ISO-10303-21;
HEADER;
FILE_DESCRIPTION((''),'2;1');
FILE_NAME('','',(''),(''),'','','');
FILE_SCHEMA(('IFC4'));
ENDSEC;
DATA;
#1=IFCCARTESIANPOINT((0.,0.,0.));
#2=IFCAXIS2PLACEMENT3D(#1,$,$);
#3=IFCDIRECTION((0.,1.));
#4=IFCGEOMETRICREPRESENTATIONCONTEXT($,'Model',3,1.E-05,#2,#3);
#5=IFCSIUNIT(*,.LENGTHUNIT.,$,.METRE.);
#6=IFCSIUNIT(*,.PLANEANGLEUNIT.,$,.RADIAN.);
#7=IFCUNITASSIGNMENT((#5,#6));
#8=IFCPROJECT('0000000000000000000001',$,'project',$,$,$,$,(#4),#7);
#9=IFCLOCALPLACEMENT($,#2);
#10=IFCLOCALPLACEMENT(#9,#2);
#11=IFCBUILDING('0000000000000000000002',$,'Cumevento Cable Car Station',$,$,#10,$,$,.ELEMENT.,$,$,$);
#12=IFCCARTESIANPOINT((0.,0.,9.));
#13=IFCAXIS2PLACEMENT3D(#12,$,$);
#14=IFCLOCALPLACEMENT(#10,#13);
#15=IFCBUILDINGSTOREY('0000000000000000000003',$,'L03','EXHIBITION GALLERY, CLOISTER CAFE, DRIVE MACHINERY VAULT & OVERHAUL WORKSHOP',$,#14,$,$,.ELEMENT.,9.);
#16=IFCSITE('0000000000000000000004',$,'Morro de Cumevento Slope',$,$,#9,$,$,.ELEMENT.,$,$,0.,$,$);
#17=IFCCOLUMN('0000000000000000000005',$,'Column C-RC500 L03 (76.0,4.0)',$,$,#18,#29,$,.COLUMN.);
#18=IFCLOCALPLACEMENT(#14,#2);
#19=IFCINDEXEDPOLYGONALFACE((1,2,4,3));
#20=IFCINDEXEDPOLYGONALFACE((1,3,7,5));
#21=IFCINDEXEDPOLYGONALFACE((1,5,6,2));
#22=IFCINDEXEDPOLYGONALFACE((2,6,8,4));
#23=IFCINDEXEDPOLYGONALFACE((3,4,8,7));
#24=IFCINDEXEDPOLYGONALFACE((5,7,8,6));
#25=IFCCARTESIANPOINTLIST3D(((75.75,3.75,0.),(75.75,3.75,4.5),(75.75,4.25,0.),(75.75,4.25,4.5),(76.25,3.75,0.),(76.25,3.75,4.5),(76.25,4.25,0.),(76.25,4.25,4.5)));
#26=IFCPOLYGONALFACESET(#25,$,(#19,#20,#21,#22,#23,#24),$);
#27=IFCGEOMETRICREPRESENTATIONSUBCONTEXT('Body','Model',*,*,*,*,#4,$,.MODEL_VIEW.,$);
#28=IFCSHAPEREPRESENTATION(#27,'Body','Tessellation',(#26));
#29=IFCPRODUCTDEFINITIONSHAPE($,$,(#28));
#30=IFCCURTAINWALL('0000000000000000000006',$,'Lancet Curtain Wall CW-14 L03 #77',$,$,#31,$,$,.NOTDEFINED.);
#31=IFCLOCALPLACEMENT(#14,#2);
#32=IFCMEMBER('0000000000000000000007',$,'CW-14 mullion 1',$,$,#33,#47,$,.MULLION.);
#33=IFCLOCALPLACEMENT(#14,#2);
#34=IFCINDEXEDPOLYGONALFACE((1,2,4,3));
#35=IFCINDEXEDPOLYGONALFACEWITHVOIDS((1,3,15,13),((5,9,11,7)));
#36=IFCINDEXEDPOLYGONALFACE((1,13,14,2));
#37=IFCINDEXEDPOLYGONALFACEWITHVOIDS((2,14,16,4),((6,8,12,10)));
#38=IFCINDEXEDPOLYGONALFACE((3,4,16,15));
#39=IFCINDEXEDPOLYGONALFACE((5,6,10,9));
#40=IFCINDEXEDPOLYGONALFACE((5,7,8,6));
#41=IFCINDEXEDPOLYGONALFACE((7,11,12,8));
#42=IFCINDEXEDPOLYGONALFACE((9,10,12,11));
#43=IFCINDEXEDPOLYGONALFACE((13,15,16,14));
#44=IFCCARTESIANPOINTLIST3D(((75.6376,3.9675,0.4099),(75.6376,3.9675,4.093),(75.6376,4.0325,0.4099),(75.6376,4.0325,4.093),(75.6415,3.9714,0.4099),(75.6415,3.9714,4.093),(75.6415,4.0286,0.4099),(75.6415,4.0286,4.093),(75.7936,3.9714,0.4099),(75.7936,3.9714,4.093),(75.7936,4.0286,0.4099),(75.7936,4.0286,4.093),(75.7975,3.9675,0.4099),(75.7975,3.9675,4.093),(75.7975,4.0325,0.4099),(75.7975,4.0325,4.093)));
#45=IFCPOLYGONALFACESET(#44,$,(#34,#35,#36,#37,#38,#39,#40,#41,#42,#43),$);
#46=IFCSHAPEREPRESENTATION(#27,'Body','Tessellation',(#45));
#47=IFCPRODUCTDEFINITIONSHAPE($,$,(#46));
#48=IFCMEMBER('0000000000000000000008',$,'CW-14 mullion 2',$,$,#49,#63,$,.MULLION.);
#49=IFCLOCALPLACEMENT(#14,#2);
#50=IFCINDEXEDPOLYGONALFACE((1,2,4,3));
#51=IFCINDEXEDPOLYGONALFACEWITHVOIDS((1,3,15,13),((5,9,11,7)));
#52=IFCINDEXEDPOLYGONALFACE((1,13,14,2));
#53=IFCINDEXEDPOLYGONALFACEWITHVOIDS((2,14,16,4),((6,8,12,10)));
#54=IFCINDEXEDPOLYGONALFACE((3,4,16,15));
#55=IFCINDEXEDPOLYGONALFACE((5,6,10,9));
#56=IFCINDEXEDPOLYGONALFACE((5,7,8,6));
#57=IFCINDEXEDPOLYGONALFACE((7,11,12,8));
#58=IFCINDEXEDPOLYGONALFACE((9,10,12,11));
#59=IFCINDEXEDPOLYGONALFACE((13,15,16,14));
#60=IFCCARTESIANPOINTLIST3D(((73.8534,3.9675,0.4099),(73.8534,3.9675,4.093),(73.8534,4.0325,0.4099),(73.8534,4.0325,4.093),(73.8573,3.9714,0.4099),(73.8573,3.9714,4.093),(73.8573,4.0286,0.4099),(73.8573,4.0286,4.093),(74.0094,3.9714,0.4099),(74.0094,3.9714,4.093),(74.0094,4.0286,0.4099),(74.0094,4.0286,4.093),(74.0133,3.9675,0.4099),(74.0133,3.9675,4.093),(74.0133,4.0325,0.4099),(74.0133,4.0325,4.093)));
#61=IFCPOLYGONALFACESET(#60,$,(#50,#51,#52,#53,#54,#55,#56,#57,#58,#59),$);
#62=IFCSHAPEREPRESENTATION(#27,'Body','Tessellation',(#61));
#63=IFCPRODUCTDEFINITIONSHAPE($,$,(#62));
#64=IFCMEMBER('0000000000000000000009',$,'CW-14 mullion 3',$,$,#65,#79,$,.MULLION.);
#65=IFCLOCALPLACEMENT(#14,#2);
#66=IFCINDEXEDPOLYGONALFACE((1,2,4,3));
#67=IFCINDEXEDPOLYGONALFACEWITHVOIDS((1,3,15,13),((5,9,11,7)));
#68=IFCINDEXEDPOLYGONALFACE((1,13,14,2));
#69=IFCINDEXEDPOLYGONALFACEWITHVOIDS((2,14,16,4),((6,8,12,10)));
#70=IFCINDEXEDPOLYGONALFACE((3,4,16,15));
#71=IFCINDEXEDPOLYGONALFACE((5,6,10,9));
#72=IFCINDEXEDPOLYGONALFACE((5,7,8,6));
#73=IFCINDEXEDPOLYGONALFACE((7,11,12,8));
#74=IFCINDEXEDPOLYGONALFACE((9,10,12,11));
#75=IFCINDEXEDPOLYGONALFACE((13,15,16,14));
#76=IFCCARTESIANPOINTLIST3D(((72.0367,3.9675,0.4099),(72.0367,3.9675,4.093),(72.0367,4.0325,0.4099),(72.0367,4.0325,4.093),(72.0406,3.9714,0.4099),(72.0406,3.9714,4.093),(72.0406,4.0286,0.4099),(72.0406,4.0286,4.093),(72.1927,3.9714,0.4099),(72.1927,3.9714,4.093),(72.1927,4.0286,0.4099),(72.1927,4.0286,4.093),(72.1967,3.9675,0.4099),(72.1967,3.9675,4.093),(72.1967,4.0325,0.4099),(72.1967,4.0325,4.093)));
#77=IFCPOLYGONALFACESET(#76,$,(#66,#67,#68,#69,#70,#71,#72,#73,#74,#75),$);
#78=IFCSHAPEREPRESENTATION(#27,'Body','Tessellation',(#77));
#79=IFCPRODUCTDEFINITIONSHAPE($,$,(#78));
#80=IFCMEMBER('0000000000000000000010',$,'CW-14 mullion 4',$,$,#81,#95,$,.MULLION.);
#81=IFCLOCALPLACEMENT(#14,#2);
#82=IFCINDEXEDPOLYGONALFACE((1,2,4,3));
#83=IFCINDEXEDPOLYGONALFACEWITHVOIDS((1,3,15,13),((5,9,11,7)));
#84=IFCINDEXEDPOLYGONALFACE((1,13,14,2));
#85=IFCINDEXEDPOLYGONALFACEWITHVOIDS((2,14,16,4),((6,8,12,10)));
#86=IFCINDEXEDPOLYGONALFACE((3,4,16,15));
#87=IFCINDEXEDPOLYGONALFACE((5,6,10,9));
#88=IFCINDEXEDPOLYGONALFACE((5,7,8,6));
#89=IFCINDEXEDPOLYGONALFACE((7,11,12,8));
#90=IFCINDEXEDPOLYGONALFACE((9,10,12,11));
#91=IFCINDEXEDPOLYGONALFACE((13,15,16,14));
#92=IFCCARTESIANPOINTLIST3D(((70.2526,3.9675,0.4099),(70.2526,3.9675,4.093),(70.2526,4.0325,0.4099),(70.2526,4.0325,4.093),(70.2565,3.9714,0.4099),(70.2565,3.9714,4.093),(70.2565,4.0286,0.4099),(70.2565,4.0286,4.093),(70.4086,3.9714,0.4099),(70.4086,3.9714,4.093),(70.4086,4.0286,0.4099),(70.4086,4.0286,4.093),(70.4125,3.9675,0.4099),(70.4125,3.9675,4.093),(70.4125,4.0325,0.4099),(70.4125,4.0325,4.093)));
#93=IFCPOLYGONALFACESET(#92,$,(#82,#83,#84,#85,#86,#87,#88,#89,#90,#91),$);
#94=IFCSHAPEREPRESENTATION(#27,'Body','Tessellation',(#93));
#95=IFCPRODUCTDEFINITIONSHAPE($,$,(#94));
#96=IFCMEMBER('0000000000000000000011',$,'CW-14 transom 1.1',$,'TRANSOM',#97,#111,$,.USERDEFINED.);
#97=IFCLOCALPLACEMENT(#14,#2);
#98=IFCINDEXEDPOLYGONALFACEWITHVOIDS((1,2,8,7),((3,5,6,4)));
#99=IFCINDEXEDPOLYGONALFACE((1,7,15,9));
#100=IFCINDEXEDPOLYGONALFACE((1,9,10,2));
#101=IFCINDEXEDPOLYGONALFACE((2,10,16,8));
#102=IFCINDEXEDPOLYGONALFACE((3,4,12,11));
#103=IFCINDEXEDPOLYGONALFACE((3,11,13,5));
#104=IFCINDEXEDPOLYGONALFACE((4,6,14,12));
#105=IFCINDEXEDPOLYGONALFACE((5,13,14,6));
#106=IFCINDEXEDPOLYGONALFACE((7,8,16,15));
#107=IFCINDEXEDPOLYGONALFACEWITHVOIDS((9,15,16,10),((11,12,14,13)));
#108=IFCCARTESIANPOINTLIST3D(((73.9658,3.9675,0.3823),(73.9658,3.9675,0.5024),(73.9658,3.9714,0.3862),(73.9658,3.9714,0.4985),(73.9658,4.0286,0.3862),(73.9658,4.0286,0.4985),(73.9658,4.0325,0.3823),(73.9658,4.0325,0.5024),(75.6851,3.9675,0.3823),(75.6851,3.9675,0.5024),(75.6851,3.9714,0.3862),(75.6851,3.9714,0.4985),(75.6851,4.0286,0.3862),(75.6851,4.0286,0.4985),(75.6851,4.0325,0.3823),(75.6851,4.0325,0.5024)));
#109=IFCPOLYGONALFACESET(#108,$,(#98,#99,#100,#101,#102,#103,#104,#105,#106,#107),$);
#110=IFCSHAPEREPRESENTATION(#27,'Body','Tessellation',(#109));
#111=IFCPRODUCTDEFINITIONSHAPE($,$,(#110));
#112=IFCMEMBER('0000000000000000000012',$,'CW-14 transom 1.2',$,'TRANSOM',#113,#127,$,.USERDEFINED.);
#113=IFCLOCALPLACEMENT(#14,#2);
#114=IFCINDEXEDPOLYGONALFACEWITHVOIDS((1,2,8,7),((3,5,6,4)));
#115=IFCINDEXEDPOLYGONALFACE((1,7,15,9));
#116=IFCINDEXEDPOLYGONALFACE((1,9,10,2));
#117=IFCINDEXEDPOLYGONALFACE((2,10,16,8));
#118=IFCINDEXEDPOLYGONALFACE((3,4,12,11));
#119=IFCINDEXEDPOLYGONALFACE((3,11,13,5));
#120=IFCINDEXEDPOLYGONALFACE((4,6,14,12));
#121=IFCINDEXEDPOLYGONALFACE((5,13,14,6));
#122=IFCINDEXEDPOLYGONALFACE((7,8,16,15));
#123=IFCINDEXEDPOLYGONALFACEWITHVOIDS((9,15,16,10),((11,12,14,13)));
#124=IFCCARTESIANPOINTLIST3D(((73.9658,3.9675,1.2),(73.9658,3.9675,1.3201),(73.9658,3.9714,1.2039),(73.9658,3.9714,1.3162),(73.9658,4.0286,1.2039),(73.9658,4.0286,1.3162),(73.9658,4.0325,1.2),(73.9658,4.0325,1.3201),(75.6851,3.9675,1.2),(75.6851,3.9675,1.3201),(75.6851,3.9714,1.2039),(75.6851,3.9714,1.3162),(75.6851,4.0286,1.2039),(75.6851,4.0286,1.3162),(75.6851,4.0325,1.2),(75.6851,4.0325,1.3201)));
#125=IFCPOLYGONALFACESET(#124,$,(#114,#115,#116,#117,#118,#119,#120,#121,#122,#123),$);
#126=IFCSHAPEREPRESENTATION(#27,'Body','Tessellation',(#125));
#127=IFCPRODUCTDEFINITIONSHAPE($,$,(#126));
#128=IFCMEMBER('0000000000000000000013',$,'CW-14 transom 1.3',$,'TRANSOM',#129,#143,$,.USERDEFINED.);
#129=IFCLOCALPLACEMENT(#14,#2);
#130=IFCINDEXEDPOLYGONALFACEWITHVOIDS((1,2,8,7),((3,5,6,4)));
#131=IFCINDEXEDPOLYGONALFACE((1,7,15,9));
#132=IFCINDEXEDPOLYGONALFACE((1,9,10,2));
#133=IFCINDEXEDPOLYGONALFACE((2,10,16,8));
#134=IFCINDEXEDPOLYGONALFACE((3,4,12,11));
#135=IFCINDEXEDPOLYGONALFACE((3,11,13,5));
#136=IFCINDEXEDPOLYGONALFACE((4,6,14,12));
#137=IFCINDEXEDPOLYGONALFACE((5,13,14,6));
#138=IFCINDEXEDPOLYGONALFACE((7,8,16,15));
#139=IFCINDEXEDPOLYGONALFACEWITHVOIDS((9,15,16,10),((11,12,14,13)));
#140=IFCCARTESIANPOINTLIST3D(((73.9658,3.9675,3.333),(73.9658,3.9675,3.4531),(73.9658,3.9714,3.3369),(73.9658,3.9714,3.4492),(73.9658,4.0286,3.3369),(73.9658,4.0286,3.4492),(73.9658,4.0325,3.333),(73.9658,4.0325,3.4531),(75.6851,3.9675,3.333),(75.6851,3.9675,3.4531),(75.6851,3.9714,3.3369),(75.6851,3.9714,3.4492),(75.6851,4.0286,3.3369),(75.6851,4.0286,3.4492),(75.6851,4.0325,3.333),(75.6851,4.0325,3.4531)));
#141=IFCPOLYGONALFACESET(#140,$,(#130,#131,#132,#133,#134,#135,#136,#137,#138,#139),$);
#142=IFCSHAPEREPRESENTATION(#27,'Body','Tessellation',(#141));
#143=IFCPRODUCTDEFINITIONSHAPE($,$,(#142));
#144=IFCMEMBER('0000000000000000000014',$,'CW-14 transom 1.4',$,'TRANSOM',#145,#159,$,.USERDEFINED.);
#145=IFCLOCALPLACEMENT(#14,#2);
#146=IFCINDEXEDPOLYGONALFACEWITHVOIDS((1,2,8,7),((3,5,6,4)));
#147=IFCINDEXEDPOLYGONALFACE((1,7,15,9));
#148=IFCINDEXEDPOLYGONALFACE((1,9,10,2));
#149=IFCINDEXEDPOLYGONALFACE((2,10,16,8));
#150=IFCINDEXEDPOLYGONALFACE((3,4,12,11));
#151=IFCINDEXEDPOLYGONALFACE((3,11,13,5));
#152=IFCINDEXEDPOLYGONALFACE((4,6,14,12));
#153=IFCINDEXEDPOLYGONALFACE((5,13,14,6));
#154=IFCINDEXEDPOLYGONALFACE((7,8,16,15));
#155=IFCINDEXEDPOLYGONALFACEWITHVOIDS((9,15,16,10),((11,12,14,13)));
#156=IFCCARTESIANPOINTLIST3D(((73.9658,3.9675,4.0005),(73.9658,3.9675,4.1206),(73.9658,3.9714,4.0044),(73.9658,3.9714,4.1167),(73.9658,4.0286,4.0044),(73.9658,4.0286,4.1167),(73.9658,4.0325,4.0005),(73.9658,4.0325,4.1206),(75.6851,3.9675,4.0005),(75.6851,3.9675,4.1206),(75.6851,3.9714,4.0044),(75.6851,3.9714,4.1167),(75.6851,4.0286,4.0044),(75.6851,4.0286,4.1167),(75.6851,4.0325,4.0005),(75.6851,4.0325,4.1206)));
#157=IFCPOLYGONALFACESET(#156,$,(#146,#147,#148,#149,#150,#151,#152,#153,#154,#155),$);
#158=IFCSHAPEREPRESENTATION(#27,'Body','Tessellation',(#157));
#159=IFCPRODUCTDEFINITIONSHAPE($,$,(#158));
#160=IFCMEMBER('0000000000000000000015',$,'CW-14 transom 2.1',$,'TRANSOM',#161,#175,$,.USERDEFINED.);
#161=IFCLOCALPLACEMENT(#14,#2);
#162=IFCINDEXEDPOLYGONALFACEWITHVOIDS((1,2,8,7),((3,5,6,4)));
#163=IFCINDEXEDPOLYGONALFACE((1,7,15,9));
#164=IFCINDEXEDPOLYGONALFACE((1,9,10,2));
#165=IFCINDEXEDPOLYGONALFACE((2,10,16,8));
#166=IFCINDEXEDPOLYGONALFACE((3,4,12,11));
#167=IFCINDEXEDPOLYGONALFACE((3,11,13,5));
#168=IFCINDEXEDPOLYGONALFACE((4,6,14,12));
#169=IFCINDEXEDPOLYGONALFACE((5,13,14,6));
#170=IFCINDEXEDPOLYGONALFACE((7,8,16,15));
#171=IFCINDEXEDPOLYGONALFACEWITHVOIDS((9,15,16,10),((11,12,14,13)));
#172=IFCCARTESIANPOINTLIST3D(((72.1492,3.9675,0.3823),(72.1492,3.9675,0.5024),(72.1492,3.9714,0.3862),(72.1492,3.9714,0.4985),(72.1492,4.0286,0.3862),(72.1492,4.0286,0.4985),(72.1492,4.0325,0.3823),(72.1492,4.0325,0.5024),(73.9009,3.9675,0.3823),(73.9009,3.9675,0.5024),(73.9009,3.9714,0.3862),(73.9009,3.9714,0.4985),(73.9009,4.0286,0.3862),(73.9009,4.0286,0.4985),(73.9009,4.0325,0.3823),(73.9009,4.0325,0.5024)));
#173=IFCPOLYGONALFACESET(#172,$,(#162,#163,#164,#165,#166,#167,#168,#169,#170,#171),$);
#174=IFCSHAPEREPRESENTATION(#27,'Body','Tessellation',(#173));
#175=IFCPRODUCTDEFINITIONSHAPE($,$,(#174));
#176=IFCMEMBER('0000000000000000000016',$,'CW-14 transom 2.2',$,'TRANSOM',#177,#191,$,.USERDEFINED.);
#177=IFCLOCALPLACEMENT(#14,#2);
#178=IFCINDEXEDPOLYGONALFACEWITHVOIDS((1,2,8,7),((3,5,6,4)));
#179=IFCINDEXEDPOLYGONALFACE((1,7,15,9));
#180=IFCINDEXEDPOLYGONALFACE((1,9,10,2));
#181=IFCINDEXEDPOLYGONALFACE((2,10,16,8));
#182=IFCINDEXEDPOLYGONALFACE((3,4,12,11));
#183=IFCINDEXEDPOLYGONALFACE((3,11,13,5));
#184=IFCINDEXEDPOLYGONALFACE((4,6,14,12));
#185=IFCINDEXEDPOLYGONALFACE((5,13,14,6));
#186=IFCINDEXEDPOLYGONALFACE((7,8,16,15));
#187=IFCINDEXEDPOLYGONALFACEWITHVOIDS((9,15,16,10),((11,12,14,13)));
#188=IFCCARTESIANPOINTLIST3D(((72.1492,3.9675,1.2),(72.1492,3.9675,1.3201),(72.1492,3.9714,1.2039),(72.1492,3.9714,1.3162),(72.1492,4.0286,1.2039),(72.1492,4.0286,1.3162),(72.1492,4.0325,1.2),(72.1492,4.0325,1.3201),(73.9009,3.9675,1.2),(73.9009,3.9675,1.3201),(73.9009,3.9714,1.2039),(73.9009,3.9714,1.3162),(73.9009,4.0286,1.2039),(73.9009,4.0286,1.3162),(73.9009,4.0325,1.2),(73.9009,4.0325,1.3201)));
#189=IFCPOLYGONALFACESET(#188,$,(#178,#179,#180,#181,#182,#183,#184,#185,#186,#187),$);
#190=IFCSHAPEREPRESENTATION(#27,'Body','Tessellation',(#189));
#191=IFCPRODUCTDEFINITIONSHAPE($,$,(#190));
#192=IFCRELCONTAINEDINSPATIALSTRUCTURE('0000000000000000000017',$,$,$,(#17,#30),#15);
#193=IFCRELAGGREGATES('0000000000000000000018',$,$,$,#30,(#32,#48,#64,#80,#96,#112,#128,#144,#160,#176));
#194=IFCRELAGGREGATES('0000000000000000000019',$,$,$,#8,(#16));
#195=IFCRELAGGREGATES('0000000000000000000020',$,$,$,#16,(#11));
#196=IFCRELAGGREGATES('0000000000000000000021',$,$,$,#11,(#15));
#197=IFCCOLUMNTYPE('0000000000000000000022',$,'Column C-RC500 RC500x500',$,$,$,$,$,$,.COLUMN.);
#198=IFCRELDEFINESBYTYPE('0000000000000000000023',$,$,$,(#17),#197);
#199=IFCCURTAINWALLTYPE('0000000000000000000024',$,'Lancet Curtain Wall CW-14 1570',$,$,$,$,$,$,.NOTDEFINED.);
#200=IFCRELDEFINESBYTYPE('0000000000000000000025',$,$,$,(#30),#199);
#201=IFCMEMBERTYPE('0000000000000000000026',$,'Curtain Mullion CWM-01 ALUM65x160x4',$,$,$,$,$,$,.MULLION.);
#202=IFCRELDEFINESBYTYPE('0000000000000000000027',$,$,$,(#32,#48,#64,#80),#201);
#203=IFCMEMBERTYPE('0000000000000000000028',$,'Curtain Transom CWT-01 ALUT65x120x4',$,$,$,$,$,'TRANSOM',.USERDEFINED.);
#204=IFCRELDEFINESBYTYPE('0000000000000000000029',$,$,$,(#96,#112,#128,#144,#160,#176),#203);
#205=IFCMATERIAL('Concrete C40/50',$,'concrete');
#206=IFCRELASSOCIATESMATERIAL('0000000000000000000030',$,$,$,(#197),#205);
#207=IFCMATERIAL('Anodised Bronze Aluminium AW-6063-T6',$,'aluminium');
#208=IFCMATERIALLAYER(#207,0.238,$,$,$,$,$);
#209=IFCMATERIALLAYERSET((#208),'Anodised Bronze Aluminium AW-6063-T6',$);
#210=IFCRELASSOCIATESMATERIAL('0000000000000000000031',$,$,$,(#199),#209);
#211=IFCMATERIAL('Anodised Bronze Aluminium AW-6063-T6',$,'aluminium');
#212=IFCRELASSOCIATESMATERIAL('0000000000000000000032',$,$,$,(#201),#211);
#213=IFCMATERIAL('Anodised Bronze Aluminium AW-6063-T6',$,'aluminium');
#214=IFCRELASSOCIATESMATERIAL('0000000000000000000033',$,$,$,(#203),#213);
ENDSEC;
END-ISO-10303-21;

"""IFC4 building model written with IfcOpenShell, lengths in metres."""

from ifc_helpers import new_model, si_unit, direction, frame, origin, origin_2d, place, context, subcontext, project, spatial, rectangle, hollow_rectangle, extrude, material, layer, layer_set, material_profile, profile_set, type_object, element, aggregate, save


model = new_model("IFC4")

# Units and contexts
model_context = context("Model", 3, precision=1e-05, world=origin(), true_north=direction((0.0, 1.0)))
body_context = subcontext(model_context, "Body", "Model", "MODEL_VIEW")
ifc_project = project(units=[si_unit("LENGTHUNIT", "METRE"), si_unit("PLANEANGLEUNIT", "RADIAN")], contexts=[model_context])

# Site, building, storey
site_placement = place(None, origin())
site = spatial("IfcSite", under=ifc_project, at=site_placement, Name="Morro de Cumevento Slope", CompositionType="ELEMENT", RefElevation=0.0)
building_placement = place(site_placement, origin())
building = spatial("IfcBuilding", under=site, at=building_placement, Name="Cumevento Cable Car Station", CompositionType="ELEMENT")
storey_placement = place(building_placement, frame((0.0, 0.0, 9.0)))
storey = spatial("IfcBuildingStorey", under=building, at=storey_placement, Name="L03", Description="EXHIBITION GALLERY, CLOISTER CAFE, DRIVE MACHINERY VAULT & OVERHAUL WORKSHOP", CompositionType="ELEMENT", Elevation=9.0)

# Column
ifc_material_1 = material(Name="Concrete C40/50", Category="concrete")
ifc_material_profile_1 = material_profile(ifc_material_1, rectangle(XDim=0.5, YDim=0.5, at=origin_2d()), Name="RC500x500")
ifc_profile_set_1 = profile_set([ifc_material_profile_1], Name="Concrete C40/50")
column_type = type_object("IfcColumnType", Name="Column C-RC500 RC500x500", PredefinedType="COLUMN", material=ifc_profile_set_1)
column_placement = place(storey_placement, frame((76.0, 4.0, 0.0), z_axis=(0.0, 0.0, 1.0), x_axis=(1.0, 0.0, 0.0)))
element("IfcColumn", 1, at=column_placement, inside=storey, type_object=column_type, Name="Column C-RC500 L03 (76.0,4.0)", PredefinedType="COLUMN", context=body_context, shape_type="SweptSolid", body=[
    extrude(rectangle(XDim=0.5, YDim=0.5, at=origin_2d()), origin(), (0.0, 0.0, 1.0), 4.5),
])

# Curtain wall, members
ifc_material_2 = material(Name="Anodised Bronze Aluminium AW-6063-T6", Category="aluminium")
ifc_layer_1 = layer(ifc_material_2, 0.238)
ifc_layer_set_1 = layer_set([ifc_layer_1], Name="Anodised Bronze Aluminium AW-6063-T6")
curtain_wall_type = type_object("IfcCurtainWallType", Name="Lancet Curtain Wall CW-14 1570", PredefinedType="NOTDEFINED", material=ifc_layer_set_1)
curtain_wall_placement = place(storey_placement, origin())
curtain_wall = element("IfcCurtainWall", 2, at=curtain_wall_placement, inside=storey, type_object=curtain_wall_type, Name="Lancet Curtain Wall CW-14 L03 #77", PredefinedType="NOTDEFINED")
ifc_material_3 = material(Name="Anodised Bronze Aluminium AW-6063-T6", Category="aluminium")
ifc_material_profile_2 = material_profile(ifc_material_3, hollow_rectangle(XDim=0.0649, YDim=0.1599, WallThickness=0.0039, at=origin_2d()), Name="ALUM65x160x4")
ifc_profile_set_2 = profile_set([ifc_material_profile_2], Name="Anodised Bronze Aluminium AW-6063-T6")
member_type_1 = type_object("IfcMemberType", Name="Curtain Mullion CWM-01 ALUM65x160x4", PredefinedType="MULLION", material=ifc_profile_set_2)
member_1_placement = place(storey_placement, frame((75.7175, 4.0, 0.4099), z_axis=(0.0, 0.0, 1.0), x_axis=(0.0, -1.0, 0.0)))
member_1 = element("IfcMember", 3, at=member_1_placement, type_object=member_type_1, Name="CW-14 mullion 1", PredefinedType="MULLION", context=body_context, shape_type="SweptSolid", body=[
    extrude(hollow_rectangle(XDim=0.0649, YDim=0.1599, WallThickness=0.0039, at=origin_2d()), origin(), (0.0, 0.0, 1.0), 3.6831),
])
member_2_placement = place(storey_placement, frame((73.9333, 4.0, 0.4099), z_axis=(0.0, 0.0, 1.0), x_axis=(0.0, -1.0, 0.0)))
member_2 = element("IfcMember", 4, at=member_2_placement, type_object=member_type_1, Name="CW-14 mullion 2", PredefinedType="MULLION", context=body_context, shape_type="SweptSolid", body=[
    extrude(hollow_rectangle(XDim=0.0649, YDim=0.1599, WallThickness=0.0039, at=origin_2d()), origin(), (0.0, 0.0, 1.0), 3.6831),
])
member_3_placement = place(storey_placement, frame((72.1167, 4.0, 0.4099), z_axis=(0.0, 0.0, 1.0), x_axis=(0.0, -1.0, 0.0)))
member_3 = element("IfcMember", 5, at=member_3_placement, type_object=member_type_1, Name="CW-14 mullion 3", PredefinedType="MULLION", context=body_context, shape_type="SweptSolid", body=[
    extrude(hollow_rectangle(XDim=0.0649, YDim=0.1599, WallThickness=0.0039, at=origin_2d()), origin(), (0.0, 0.0, 1.0), 3.6831),
])
member_4_placement = place(storey_placement, frame((70.3325, 4.0, 0.4099), z_axis=(0.0, 0.0, 1.0), x_axis=(0.0, -1.0, 0.0)))
member_4 = element("IfcMember", 6, at=member_4_placement, type_object=member_type_1, Name="CW-14 mullion 4", PredefinedType="MULLION", context=body_context, shape_type="SweptSolid", body=[
    extrude(hollow_rectangle(XDim=0.0649, YDim=0.1599, WallThickness=0.0039, at=origin_2d()), origin(), (0.0, 0.0, 1.0), 3.6831),
])
ifc_material_4 = material(Name="Anodised Bronze Aluminium AW-6063-T6", Category="aluminium")
ifc_material_profile_3 = material_profile(ifc_material_4, hollow_rectangle(XDim=0.0649, YDim=0.1201, WallThickness=0.0039, at=origin_2d()), Name="ALUT65x120x4")
ifc_profile_set_3 = profile_set([ifc_material_profile_3], Name="Anodised Bronze Aluminium AW-6063-T6")
member_type_2 = type_object("IfcMemberType", Name="Curtain Transom CWT-01 ALUT65x120x4", ElementType="TRANSOM", PredefinedType="USERDEFINED", material=ifc_profile_set_3)
member_5_placement = place(storey_placement, frame((75.6851, 4.0, 0.4424), z_axis=(-1.0, 0.0, 0.0), x_axis=(0.0, -1.0, 0.0)))
member_5 = element("IfcMember", 7, at=member_5_placement, type_object=member_type_2, Name="CW-14 transom 1.1", ObjectType="TRANSOM", PredefinedType="USERDEFINED", context=body_context, shape_type="SweptSolid", body=[
    extrude(hollow_rectangle(XDim=0.0649, YDim=0.1201, WallThickness=0.0039, at=origin_2d()), origin(), (0.0, 0.0, 1.0), 1.7192),
])
member_6_placement = place(storey_placement, frame((75.6851, 4.0, 1.26), z_axis=(-1.0, 0.0, 0.0), x_axis=(0.0, -1.0, 0.0)))
member_6 = element("IfcMember", 8, at=member_6_placement, type_object=member_type_2, Name="CW-14 transom 1.2", ObjectType="TRANSOM", PredefinedType="USERDEFINED", context=body_context, shape_type="SweptSolid", body=[
    extrude(hollow_rectangle(XDim=0.0649, YDim=0.1201, WallThickness=0.0039, at=origin_2d()), origin(), (0.0, 0.0, 1.0), 1.7192),
])
member_7_placement = place(storey_placement, frame((75.6851, 4.0, 3.3931), z_axis=(-1.0, 0.0, 0.0), x_axis=(0.0, -1.0, 0.0)))
member_7 = element("IfcMember", 9, at=member_7_placement, type_object=member_type_2, Name="CW-14 transom 1.3", ObjectType="TRANSOM", PredefinedType="USERDEFINED", context=body_context, shape_type="SweptSolid", body=[
    extrude(hollow_rectangle(XDim=0.0649, YDim=0.1201, WallThickness=0.0039, at=origin_2d()), origin(), (0.0, 0.0, 1.0), 1.7192),
])
member_8_placement = place(storey_placement, frame((75.6851, 4.0, 4.0605), z_axis=(-1.0, 0.0, 0.0), x_axis=(0.0, -1.0, 0.0)))
member_8 = element("IfcMember", 10, at=member_8_placement, type_object=member_type_2, Name="CW-14 transom 1.4", ObjectType="TRANSOM", PredefinedType="USERDEFINED", context=body_context, shape_type="SweptSolid", body=[
    extrude(hollow_rectangle(XDim=0.0649, YDim=0.1201, WallThickness=0.0039, at=origin_2d()), origin(), (0.0, 0.0, 1.0), 1.7192),
])
member_9_placement = place(storey_placement, frame((73.9009, 4.0, 0.4424), z_axis=(-1.0, 0.0, 0.0), x_axis=(0.0, -1.0, 0.0)))
member_9 = element("IfcMember", 11, at=member_9_placement, type_object=member_type_2, Name="CW-14 transom 2.1", ObjectType="TRANSOM", PredefinedType="USERDEFINED", context=body_context, shape_type="SweptSolid", body=[
    extrude(hollow_rectangle(XDim=0.0649, YDim=0.1201, WallThickness=0.0039, at=origin_2d()), origin(), (0.0, 0.0, 1.0), 1.7517),
])
member_10_placement = place(storey_placement, frame((73.9009, 4.0, 1.26), z_axis=(-1.0, 0.0, 0.0), x_axis=(0.0, -1.0, 0.0)))
member_10 = element("IfcMember", 12, at=member_10_placement, type_object=member_type_2, Name="CW-14 transom 2.2", ObjectType="TRANSOM", PredefinedType="USERDEFINED", context=body_context, shape_type="SweptSolid", body=[
    extrude(hollow_rectangle(XDim=0.0649, YDim=0.1201, WallThickness=0.0039, at=origin_2d()), origin(), (0.0, 0.0, 1.0), 1.7517),
])

aggregate(curtain_wall, [member_1, member_2, member_3, member_4, member_5, member_6, member_7, member_8, member_9, member_10])

save(model, "model.ifc")
